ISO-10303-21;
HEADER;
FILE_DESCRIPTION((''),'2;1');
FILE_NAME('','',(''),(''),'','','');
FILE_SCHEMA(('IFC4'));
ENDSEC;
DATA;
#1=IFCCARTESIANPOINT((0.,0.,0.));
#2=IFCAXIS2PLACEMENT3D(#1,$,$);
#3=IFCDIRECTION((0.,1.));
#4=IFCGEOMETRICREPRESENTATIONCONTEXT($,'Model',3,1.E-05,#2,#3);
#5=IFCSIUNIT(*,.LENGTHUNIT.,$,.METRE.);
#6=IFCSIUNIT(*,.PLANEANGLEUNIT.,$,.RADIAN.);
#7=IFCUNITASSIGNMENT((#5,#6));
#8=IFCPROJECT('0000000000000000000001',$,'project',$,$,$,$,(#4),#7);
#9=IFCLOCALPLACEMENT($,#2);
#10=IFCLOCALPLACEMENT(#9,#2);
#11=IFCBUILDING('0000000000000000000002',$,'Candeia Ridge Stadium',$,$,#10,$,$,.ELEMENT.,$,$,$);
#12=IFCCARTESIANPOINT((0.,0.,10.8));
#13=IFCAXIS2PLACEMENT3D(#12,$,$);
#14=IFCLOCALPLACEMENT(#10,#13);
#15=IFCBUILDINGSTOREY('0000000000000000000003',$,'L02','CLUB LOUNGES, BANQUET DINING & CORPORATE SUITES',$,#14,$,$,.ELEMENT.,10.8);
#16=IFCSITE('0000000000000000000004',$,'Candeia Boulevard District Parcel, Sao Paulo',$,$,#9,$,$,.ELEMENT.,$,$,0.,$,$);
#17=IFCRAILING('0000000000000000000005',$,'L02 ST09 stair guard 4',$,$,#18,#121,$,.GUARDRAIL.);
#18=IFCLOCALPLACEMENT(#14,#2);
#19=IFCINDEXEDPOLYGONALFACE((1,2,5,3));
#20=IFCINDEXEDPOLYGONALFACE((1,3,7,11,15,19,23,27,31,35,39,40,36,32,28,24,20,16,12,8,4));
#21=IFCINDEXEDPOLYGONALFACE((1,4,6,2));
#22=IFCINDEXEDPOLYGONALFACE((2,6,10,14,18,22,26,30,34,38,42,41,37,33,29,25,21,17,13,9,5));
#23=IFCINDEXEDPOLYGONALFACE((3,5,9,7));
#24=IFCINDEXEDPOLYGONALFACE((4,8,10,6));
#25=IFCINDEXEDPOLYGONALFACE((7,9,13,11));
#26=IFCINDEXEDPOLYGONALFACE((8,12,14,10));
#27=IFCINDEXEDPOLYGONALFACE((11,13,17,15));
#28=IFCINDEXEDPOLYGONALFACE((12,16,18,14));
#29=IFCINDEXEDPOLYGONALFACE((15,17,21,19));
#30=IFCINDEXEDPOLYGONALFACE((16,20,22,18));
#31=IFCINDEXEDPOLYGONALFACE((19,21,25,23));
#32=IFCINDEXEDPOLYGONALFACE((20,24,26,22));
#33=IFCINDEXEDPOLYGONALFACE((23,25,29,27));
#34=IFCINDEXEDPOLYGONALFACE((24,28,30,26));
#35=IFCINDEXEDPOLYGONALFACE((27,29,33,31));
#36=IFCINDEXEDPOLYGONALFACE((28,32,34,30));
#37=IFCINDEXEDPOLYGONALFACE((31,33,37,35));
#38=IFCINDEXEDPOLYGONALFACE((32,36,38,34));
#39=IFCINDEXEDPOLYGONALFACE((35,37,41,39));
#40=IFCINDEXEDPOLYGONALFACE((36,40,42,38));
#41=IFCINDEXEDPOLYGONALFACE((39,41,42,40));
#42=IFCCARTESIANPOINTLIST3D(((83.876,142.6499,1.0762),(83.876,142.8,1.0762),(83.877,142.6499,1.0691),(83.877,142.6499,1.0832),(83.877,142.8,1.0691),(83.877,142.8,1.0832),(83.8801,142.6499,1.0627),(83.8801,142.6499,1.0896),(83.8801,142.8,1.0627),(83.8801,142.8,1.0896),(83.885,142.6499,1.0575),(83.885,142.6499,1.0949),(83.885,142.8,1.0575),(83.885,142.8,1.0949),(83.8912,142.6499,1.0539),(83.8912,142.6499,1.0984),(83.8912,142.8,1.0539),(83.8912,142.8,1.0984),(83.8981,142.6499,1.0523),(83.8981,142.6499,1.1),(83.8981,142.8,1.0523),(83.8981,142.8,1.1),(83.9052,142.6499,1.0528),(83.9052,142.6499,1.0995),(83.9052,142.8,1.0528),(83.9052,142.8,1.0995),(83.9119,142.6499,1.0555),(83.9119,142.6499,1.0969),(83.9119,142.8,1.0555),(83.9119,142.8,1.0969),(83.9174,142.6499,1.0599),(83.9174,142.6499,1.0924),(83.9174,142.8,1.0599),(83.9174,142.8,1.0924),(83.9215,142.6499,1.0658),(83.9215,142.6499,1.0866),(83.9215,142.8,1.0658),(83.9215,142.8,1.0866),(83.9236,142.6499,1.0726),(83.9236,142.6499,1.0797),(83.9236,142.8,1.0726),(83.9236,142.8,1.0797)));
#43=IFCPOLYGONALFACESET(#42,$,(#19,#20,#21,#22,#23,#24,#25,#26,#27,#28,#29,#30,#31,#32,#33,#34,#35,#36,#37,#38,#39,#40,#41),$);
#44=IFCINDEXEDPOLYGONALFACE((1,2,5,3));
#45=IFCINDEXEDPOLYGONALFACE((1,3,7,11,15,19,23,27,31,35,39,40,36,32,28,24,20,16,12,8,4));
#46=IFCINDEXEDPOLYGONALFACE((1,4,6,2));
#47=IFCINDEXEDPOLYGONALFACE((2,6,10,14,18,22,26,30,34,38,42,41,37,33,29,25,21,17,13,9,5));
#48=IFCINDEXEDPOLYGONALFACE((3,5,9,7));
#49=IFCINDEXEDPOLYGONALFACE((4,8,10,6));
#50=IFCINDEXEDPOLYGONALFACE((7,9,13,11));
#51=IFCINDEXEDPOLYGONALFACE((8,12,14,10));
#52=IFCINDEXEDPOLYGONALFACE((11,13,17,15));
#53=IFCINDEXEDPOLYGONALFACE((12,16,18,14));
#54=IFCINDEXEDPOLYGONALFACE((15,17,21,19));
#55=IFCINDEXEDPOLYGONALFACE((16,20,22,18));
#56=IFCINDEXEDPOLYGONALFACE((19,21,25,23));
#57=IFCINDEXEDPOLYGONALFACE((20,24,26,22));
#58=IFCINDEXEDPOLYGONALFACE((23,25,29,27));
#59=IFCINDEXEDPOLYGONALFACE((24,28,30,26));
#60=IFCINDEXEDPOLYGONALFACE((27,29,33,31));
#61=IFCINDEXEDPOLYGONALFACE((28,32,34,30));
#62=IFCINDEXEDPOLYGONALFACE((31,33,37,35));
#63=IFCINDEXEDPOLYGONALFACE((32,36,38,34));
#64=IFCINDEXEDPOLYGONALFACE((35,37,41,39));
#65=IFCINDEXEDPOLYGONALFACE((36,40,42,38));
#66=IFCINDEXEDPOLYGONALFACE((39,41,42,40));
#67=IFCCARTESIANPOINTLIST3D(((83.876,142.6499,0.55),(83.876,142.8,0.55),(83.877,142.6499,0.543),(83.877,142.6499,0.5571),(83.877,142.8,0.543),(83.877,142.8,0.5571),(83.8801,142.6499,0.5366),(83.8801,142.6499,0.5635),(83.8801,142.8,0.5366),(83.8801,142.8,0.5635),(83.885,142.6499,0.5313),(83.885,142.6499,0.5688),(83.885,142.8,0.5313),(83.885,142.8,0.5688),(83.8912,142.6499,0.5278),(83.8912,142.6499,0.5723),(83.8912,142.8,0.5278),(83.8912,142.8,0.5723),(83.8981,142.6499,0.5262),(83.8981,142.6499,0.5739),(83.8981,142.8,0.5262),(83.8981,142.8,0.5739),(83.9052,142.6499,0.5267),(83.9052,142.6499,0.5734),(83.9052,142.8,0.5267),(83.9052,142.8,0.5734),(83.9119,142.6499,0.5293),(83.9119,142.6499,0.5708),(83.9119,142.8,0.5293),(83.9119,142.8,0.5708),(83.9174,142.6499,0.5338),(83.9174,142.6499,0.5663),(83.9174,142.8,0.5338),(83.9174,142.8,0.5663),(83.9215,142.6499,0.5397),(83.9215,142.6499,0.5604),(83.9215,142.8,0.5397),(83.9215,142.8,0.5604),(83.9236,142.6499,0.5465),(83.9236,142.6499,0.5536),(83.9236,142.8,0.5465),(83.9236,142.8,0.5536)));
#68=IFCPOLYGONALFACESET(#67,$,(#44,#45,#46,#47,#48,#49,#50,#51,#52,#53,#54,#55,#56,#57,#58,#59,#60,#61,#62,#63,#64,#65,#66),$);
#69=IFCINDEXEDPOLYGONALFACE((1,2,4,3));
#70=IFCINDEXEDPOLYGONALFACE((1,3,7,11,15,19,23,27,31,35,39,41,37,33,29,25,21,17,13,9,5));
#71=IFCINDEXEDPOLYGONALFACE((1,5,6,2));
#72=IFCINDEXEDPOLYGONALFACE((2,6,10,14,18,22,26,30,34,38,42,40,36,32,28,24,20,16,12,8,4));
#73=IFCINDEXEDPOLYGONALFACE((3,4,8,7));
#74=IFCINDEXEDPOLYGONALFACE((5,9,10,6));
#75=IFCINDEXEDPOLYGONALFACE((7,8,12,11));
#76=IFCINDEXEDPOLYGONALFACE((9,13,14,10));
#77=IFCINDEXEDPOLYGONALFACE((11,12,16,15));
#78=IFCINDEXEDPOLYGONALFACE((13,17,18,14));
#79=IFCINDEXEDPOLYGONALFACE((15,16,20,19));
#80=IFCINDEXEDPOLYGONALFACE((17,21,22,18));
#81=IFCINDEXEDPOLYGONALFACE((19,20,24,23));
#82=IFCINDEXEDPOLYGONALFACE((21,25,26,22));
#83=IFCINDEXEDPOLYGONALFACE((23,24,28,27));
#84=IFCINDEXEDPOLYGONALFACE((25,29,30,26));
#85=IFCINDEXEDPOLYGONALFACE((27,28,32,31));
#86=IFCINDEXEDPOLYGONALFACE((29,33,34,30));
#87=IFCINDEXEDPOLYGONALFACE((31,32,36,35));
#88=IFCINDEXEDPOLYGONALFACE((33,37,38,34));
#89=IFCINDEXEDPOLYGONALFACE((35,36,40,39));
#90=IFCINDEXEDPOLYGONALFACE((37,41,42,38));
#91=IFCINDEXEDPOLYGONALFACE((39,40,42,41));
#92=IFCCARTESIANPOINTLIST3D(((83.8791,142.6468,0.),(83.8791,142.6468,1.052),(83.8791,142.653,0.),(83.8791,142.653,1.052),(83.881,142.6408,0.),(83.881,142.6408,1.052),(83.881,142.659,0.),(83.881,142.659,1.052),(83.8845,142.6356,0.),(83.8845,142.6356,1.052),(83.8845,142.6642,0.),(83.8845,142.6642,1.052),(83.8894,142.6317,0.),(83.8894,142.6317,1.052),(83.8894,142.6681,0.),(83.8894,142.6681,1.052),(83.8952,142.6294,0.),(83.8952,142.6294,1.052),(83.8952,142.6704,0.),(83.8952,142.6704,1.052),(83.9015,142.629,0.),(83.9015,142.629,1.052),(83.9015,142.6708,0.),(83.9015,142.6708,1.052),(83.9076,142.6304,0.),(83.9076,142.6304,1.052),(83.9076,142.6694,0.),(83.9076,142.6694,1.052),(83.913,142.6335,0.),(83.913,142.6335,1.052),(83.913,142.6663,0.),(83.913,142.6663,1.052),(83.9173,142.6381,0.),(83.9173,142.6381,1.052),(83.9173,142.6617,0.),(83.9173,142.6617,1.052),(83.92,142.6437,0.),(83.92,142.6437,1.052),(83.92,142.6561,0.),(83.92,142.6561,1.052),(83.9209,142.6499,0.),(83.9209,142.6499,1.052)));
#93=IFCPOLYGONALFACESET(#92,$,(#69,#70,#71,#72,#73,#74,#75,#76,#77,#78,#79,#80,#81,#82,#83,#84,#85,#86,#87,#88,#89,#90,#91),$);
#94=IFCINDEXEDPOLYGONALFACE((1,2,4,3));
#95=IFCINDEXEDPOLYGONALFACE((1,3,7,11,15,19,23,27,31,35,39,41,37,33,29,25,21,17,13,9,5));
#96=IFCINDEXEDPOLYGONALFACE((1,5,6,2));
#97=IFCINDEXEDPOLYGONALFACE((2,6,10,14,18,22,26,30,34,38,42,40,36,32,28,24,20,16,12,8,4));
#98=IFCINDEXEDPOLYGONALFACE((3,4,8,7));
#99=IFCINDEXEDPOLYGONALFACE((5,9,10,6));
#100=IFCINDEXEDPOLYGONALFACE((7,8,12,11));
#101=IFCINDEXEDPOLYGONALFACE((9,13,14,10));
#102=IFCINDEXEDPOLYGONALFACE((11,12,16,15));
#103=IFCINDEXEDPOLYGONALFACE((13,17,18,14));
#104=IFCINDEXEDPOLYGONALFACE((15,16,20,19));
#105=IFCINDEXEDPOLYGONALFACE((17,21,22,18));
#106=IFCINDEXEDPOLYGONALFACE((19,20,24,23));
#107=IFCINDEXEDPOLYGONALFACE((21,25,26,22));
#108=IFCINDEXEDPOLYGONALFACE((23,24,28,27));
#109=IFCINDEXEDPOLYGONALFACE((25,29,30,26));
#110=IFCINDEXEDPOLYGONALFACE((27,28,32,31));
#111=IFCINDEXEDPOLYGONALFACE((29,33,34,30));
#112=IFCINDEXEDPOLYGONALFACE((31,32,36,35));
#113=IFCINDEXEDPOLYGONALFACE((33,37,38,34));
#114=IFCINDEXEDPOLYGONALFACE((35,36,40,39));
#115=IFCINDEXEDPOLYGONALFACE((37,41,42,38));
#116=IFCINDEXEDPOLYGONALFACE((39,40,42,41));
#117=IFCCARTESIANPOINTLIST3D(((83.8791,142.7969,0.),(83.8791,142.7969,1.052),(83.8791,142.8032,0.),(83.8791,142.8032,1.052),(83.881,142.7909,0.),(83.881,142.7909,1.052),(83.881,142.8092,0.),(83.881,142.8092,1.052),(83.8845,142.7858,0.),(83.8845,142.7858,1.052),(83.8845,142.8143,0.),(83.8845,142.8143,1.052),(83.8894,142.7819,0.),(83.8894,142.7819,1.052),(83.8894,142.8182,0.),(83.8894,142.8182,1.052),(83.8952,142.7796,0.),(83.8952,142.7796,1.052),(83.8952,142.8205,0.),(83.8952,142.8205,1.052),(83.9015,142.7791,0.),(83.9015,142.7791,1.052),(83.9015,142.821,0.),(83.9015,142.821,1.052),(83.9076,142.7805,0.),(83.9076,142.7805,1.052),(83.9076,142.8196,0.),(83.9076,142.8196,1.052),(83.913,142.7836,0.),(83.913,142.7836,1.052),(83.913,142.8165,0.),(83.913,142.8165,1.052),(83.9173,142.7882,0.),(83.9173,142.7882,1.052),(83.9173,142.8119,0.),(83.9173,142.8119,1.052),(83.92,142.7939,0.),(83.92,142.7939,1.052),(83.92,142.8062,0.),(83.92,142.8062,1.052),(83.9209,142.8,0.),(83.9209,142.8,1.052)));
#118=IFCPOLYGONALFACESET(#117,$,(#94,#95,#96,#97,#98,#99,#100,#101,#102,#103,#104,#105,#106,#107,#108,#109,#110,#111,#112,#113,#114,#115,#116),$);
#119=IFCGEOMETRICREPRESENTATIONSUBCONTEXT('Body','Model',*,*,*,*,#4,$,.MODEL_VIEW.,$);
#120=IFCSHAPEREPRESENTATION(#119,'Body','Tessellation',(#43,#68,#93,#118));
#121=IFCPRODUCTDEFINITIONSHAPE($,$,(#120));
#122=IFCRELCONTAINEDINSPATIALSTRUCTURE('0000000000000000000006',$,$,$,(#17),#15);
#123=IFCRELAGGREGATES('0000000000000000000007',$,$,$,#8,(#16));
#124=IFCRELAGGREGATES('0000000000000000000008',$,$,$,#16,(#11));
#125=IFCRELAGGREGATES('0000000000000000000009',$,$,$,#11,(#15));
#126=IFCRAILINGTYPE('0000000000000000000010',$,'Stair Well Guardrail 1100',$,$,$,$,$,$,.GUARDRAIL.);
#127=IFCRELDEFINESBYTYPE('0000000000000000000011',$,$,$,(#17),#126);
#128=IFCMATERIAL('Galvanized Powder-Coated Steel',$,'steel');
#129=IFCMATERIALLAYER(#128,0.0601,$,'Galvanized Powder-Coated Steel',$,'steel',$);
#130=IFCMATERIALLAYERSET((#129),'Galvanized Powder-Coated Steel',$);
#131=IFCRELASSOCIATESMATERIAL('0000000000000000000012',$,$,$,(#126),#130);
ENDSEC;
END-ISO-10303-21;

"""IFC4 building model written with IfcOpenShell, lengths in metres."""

from ifc_helpers import new_model, si_unit, direction, frame, origin, origin_2d, place, context, subcontext, project, spatial, circle, extrude, material, layer, layer_set, type_object, element, save


model = new_model("IFC4")

# Units and contexts
model_context = context("Model", 3, precision=1e-05, world=origin(), true_north=direction((0.0, 1.0)))
body_context = subcontext(model_context, "Body", "Model", "MODEL_VIEW")
ifc_project = project(units=[si_unit("LENGTHUNIT", "METRE"), si_unit("PLANEANGLEUNIT", "RADIAN")], contexts=[model_context])

# Site, building, storey
site_placement = place(None, origin())
site = spatial("IfcSite", under=ifc_project, at=site_placement, Name="Candeia Boulevard District Parcel, Sao Paulo", CompositionType="ELEMENT", RefElevation=0.0)
building_placement = place(site_placement, origin())
building = spatial("IfcBuilding", under=site, at=building_placement, Name="Candeia Ridge Stadium", CompositionType="ELEMENT")
storey_placement = place(building_placement, frame((0.0, 0.0, 10.8)))
storey = spatial("IfcBuildingStorey", under=building, at=storey_placement, Name="L02", Description="CLUB LOUNGES, BANQUET DINING & CORPORATE SUITES", CompositionType="ELEMENT", Elevation=10.8)

# Railing
ifc_material_1 = material(Name="Galvanized Powder-Coated Steel", Category="steel")
ifc_layer_1 = layer(ifc_material_1, 0.0601, Name="Galvanized Powder-Coated Steel", Category="steel")
ifc_layer_set_1 = layer_set([ifc_layer_1], Name="Galvanized Powder-Coated Steel")
railing_type_1 = type_object("IfcRailingType", Name="Stair Well Guardrail 1100", PredefinedType="GUARDRAIL", material=ifc_layer_set_1)
railing_1_placement = place(storey_placement, frame((83.8999, 142.6499, 0.0)))
element("IfcRailing", 1, at=railing_1_placement, inside=storey, type_object=railing_type_1, Name="L02 ST09 stair guard 4", PredefinedType="GUARDRAIL", context=body_context, shape_type="SweptSolid", body=[
    extrude(circle(Radius=0.0239, at=origin_2d()), frame((0.0, 0.0, 1.0762), z_axis=(0.0, 1.0, 0.0), x_axis=(-1.0, 0.0, 0.0)), (0.0, 0.0, 1.0), 0.1501),
    extrude(circle(Radius=0.0239, at=origin_2d()), frame((0.0, 0.0, 0.55), z_axis=(0.0, 1.0, 0.0), x_axis=(-1.0, 0.0, 0.0)), (0.0, 0.0, 1.0), 0.1501),
    extrude(circle(Radius=0.021, at=origin_2d()), origin(), (0.0, 0.0, 1.0), 1.052),
    extrude(circle(Radius=0.021, at=origin_2d()), frame((0.0, 0.1501, 0.0)), (0.0, 0.0, 1.0), 1.052),
])

save(model, "model.ifc")
